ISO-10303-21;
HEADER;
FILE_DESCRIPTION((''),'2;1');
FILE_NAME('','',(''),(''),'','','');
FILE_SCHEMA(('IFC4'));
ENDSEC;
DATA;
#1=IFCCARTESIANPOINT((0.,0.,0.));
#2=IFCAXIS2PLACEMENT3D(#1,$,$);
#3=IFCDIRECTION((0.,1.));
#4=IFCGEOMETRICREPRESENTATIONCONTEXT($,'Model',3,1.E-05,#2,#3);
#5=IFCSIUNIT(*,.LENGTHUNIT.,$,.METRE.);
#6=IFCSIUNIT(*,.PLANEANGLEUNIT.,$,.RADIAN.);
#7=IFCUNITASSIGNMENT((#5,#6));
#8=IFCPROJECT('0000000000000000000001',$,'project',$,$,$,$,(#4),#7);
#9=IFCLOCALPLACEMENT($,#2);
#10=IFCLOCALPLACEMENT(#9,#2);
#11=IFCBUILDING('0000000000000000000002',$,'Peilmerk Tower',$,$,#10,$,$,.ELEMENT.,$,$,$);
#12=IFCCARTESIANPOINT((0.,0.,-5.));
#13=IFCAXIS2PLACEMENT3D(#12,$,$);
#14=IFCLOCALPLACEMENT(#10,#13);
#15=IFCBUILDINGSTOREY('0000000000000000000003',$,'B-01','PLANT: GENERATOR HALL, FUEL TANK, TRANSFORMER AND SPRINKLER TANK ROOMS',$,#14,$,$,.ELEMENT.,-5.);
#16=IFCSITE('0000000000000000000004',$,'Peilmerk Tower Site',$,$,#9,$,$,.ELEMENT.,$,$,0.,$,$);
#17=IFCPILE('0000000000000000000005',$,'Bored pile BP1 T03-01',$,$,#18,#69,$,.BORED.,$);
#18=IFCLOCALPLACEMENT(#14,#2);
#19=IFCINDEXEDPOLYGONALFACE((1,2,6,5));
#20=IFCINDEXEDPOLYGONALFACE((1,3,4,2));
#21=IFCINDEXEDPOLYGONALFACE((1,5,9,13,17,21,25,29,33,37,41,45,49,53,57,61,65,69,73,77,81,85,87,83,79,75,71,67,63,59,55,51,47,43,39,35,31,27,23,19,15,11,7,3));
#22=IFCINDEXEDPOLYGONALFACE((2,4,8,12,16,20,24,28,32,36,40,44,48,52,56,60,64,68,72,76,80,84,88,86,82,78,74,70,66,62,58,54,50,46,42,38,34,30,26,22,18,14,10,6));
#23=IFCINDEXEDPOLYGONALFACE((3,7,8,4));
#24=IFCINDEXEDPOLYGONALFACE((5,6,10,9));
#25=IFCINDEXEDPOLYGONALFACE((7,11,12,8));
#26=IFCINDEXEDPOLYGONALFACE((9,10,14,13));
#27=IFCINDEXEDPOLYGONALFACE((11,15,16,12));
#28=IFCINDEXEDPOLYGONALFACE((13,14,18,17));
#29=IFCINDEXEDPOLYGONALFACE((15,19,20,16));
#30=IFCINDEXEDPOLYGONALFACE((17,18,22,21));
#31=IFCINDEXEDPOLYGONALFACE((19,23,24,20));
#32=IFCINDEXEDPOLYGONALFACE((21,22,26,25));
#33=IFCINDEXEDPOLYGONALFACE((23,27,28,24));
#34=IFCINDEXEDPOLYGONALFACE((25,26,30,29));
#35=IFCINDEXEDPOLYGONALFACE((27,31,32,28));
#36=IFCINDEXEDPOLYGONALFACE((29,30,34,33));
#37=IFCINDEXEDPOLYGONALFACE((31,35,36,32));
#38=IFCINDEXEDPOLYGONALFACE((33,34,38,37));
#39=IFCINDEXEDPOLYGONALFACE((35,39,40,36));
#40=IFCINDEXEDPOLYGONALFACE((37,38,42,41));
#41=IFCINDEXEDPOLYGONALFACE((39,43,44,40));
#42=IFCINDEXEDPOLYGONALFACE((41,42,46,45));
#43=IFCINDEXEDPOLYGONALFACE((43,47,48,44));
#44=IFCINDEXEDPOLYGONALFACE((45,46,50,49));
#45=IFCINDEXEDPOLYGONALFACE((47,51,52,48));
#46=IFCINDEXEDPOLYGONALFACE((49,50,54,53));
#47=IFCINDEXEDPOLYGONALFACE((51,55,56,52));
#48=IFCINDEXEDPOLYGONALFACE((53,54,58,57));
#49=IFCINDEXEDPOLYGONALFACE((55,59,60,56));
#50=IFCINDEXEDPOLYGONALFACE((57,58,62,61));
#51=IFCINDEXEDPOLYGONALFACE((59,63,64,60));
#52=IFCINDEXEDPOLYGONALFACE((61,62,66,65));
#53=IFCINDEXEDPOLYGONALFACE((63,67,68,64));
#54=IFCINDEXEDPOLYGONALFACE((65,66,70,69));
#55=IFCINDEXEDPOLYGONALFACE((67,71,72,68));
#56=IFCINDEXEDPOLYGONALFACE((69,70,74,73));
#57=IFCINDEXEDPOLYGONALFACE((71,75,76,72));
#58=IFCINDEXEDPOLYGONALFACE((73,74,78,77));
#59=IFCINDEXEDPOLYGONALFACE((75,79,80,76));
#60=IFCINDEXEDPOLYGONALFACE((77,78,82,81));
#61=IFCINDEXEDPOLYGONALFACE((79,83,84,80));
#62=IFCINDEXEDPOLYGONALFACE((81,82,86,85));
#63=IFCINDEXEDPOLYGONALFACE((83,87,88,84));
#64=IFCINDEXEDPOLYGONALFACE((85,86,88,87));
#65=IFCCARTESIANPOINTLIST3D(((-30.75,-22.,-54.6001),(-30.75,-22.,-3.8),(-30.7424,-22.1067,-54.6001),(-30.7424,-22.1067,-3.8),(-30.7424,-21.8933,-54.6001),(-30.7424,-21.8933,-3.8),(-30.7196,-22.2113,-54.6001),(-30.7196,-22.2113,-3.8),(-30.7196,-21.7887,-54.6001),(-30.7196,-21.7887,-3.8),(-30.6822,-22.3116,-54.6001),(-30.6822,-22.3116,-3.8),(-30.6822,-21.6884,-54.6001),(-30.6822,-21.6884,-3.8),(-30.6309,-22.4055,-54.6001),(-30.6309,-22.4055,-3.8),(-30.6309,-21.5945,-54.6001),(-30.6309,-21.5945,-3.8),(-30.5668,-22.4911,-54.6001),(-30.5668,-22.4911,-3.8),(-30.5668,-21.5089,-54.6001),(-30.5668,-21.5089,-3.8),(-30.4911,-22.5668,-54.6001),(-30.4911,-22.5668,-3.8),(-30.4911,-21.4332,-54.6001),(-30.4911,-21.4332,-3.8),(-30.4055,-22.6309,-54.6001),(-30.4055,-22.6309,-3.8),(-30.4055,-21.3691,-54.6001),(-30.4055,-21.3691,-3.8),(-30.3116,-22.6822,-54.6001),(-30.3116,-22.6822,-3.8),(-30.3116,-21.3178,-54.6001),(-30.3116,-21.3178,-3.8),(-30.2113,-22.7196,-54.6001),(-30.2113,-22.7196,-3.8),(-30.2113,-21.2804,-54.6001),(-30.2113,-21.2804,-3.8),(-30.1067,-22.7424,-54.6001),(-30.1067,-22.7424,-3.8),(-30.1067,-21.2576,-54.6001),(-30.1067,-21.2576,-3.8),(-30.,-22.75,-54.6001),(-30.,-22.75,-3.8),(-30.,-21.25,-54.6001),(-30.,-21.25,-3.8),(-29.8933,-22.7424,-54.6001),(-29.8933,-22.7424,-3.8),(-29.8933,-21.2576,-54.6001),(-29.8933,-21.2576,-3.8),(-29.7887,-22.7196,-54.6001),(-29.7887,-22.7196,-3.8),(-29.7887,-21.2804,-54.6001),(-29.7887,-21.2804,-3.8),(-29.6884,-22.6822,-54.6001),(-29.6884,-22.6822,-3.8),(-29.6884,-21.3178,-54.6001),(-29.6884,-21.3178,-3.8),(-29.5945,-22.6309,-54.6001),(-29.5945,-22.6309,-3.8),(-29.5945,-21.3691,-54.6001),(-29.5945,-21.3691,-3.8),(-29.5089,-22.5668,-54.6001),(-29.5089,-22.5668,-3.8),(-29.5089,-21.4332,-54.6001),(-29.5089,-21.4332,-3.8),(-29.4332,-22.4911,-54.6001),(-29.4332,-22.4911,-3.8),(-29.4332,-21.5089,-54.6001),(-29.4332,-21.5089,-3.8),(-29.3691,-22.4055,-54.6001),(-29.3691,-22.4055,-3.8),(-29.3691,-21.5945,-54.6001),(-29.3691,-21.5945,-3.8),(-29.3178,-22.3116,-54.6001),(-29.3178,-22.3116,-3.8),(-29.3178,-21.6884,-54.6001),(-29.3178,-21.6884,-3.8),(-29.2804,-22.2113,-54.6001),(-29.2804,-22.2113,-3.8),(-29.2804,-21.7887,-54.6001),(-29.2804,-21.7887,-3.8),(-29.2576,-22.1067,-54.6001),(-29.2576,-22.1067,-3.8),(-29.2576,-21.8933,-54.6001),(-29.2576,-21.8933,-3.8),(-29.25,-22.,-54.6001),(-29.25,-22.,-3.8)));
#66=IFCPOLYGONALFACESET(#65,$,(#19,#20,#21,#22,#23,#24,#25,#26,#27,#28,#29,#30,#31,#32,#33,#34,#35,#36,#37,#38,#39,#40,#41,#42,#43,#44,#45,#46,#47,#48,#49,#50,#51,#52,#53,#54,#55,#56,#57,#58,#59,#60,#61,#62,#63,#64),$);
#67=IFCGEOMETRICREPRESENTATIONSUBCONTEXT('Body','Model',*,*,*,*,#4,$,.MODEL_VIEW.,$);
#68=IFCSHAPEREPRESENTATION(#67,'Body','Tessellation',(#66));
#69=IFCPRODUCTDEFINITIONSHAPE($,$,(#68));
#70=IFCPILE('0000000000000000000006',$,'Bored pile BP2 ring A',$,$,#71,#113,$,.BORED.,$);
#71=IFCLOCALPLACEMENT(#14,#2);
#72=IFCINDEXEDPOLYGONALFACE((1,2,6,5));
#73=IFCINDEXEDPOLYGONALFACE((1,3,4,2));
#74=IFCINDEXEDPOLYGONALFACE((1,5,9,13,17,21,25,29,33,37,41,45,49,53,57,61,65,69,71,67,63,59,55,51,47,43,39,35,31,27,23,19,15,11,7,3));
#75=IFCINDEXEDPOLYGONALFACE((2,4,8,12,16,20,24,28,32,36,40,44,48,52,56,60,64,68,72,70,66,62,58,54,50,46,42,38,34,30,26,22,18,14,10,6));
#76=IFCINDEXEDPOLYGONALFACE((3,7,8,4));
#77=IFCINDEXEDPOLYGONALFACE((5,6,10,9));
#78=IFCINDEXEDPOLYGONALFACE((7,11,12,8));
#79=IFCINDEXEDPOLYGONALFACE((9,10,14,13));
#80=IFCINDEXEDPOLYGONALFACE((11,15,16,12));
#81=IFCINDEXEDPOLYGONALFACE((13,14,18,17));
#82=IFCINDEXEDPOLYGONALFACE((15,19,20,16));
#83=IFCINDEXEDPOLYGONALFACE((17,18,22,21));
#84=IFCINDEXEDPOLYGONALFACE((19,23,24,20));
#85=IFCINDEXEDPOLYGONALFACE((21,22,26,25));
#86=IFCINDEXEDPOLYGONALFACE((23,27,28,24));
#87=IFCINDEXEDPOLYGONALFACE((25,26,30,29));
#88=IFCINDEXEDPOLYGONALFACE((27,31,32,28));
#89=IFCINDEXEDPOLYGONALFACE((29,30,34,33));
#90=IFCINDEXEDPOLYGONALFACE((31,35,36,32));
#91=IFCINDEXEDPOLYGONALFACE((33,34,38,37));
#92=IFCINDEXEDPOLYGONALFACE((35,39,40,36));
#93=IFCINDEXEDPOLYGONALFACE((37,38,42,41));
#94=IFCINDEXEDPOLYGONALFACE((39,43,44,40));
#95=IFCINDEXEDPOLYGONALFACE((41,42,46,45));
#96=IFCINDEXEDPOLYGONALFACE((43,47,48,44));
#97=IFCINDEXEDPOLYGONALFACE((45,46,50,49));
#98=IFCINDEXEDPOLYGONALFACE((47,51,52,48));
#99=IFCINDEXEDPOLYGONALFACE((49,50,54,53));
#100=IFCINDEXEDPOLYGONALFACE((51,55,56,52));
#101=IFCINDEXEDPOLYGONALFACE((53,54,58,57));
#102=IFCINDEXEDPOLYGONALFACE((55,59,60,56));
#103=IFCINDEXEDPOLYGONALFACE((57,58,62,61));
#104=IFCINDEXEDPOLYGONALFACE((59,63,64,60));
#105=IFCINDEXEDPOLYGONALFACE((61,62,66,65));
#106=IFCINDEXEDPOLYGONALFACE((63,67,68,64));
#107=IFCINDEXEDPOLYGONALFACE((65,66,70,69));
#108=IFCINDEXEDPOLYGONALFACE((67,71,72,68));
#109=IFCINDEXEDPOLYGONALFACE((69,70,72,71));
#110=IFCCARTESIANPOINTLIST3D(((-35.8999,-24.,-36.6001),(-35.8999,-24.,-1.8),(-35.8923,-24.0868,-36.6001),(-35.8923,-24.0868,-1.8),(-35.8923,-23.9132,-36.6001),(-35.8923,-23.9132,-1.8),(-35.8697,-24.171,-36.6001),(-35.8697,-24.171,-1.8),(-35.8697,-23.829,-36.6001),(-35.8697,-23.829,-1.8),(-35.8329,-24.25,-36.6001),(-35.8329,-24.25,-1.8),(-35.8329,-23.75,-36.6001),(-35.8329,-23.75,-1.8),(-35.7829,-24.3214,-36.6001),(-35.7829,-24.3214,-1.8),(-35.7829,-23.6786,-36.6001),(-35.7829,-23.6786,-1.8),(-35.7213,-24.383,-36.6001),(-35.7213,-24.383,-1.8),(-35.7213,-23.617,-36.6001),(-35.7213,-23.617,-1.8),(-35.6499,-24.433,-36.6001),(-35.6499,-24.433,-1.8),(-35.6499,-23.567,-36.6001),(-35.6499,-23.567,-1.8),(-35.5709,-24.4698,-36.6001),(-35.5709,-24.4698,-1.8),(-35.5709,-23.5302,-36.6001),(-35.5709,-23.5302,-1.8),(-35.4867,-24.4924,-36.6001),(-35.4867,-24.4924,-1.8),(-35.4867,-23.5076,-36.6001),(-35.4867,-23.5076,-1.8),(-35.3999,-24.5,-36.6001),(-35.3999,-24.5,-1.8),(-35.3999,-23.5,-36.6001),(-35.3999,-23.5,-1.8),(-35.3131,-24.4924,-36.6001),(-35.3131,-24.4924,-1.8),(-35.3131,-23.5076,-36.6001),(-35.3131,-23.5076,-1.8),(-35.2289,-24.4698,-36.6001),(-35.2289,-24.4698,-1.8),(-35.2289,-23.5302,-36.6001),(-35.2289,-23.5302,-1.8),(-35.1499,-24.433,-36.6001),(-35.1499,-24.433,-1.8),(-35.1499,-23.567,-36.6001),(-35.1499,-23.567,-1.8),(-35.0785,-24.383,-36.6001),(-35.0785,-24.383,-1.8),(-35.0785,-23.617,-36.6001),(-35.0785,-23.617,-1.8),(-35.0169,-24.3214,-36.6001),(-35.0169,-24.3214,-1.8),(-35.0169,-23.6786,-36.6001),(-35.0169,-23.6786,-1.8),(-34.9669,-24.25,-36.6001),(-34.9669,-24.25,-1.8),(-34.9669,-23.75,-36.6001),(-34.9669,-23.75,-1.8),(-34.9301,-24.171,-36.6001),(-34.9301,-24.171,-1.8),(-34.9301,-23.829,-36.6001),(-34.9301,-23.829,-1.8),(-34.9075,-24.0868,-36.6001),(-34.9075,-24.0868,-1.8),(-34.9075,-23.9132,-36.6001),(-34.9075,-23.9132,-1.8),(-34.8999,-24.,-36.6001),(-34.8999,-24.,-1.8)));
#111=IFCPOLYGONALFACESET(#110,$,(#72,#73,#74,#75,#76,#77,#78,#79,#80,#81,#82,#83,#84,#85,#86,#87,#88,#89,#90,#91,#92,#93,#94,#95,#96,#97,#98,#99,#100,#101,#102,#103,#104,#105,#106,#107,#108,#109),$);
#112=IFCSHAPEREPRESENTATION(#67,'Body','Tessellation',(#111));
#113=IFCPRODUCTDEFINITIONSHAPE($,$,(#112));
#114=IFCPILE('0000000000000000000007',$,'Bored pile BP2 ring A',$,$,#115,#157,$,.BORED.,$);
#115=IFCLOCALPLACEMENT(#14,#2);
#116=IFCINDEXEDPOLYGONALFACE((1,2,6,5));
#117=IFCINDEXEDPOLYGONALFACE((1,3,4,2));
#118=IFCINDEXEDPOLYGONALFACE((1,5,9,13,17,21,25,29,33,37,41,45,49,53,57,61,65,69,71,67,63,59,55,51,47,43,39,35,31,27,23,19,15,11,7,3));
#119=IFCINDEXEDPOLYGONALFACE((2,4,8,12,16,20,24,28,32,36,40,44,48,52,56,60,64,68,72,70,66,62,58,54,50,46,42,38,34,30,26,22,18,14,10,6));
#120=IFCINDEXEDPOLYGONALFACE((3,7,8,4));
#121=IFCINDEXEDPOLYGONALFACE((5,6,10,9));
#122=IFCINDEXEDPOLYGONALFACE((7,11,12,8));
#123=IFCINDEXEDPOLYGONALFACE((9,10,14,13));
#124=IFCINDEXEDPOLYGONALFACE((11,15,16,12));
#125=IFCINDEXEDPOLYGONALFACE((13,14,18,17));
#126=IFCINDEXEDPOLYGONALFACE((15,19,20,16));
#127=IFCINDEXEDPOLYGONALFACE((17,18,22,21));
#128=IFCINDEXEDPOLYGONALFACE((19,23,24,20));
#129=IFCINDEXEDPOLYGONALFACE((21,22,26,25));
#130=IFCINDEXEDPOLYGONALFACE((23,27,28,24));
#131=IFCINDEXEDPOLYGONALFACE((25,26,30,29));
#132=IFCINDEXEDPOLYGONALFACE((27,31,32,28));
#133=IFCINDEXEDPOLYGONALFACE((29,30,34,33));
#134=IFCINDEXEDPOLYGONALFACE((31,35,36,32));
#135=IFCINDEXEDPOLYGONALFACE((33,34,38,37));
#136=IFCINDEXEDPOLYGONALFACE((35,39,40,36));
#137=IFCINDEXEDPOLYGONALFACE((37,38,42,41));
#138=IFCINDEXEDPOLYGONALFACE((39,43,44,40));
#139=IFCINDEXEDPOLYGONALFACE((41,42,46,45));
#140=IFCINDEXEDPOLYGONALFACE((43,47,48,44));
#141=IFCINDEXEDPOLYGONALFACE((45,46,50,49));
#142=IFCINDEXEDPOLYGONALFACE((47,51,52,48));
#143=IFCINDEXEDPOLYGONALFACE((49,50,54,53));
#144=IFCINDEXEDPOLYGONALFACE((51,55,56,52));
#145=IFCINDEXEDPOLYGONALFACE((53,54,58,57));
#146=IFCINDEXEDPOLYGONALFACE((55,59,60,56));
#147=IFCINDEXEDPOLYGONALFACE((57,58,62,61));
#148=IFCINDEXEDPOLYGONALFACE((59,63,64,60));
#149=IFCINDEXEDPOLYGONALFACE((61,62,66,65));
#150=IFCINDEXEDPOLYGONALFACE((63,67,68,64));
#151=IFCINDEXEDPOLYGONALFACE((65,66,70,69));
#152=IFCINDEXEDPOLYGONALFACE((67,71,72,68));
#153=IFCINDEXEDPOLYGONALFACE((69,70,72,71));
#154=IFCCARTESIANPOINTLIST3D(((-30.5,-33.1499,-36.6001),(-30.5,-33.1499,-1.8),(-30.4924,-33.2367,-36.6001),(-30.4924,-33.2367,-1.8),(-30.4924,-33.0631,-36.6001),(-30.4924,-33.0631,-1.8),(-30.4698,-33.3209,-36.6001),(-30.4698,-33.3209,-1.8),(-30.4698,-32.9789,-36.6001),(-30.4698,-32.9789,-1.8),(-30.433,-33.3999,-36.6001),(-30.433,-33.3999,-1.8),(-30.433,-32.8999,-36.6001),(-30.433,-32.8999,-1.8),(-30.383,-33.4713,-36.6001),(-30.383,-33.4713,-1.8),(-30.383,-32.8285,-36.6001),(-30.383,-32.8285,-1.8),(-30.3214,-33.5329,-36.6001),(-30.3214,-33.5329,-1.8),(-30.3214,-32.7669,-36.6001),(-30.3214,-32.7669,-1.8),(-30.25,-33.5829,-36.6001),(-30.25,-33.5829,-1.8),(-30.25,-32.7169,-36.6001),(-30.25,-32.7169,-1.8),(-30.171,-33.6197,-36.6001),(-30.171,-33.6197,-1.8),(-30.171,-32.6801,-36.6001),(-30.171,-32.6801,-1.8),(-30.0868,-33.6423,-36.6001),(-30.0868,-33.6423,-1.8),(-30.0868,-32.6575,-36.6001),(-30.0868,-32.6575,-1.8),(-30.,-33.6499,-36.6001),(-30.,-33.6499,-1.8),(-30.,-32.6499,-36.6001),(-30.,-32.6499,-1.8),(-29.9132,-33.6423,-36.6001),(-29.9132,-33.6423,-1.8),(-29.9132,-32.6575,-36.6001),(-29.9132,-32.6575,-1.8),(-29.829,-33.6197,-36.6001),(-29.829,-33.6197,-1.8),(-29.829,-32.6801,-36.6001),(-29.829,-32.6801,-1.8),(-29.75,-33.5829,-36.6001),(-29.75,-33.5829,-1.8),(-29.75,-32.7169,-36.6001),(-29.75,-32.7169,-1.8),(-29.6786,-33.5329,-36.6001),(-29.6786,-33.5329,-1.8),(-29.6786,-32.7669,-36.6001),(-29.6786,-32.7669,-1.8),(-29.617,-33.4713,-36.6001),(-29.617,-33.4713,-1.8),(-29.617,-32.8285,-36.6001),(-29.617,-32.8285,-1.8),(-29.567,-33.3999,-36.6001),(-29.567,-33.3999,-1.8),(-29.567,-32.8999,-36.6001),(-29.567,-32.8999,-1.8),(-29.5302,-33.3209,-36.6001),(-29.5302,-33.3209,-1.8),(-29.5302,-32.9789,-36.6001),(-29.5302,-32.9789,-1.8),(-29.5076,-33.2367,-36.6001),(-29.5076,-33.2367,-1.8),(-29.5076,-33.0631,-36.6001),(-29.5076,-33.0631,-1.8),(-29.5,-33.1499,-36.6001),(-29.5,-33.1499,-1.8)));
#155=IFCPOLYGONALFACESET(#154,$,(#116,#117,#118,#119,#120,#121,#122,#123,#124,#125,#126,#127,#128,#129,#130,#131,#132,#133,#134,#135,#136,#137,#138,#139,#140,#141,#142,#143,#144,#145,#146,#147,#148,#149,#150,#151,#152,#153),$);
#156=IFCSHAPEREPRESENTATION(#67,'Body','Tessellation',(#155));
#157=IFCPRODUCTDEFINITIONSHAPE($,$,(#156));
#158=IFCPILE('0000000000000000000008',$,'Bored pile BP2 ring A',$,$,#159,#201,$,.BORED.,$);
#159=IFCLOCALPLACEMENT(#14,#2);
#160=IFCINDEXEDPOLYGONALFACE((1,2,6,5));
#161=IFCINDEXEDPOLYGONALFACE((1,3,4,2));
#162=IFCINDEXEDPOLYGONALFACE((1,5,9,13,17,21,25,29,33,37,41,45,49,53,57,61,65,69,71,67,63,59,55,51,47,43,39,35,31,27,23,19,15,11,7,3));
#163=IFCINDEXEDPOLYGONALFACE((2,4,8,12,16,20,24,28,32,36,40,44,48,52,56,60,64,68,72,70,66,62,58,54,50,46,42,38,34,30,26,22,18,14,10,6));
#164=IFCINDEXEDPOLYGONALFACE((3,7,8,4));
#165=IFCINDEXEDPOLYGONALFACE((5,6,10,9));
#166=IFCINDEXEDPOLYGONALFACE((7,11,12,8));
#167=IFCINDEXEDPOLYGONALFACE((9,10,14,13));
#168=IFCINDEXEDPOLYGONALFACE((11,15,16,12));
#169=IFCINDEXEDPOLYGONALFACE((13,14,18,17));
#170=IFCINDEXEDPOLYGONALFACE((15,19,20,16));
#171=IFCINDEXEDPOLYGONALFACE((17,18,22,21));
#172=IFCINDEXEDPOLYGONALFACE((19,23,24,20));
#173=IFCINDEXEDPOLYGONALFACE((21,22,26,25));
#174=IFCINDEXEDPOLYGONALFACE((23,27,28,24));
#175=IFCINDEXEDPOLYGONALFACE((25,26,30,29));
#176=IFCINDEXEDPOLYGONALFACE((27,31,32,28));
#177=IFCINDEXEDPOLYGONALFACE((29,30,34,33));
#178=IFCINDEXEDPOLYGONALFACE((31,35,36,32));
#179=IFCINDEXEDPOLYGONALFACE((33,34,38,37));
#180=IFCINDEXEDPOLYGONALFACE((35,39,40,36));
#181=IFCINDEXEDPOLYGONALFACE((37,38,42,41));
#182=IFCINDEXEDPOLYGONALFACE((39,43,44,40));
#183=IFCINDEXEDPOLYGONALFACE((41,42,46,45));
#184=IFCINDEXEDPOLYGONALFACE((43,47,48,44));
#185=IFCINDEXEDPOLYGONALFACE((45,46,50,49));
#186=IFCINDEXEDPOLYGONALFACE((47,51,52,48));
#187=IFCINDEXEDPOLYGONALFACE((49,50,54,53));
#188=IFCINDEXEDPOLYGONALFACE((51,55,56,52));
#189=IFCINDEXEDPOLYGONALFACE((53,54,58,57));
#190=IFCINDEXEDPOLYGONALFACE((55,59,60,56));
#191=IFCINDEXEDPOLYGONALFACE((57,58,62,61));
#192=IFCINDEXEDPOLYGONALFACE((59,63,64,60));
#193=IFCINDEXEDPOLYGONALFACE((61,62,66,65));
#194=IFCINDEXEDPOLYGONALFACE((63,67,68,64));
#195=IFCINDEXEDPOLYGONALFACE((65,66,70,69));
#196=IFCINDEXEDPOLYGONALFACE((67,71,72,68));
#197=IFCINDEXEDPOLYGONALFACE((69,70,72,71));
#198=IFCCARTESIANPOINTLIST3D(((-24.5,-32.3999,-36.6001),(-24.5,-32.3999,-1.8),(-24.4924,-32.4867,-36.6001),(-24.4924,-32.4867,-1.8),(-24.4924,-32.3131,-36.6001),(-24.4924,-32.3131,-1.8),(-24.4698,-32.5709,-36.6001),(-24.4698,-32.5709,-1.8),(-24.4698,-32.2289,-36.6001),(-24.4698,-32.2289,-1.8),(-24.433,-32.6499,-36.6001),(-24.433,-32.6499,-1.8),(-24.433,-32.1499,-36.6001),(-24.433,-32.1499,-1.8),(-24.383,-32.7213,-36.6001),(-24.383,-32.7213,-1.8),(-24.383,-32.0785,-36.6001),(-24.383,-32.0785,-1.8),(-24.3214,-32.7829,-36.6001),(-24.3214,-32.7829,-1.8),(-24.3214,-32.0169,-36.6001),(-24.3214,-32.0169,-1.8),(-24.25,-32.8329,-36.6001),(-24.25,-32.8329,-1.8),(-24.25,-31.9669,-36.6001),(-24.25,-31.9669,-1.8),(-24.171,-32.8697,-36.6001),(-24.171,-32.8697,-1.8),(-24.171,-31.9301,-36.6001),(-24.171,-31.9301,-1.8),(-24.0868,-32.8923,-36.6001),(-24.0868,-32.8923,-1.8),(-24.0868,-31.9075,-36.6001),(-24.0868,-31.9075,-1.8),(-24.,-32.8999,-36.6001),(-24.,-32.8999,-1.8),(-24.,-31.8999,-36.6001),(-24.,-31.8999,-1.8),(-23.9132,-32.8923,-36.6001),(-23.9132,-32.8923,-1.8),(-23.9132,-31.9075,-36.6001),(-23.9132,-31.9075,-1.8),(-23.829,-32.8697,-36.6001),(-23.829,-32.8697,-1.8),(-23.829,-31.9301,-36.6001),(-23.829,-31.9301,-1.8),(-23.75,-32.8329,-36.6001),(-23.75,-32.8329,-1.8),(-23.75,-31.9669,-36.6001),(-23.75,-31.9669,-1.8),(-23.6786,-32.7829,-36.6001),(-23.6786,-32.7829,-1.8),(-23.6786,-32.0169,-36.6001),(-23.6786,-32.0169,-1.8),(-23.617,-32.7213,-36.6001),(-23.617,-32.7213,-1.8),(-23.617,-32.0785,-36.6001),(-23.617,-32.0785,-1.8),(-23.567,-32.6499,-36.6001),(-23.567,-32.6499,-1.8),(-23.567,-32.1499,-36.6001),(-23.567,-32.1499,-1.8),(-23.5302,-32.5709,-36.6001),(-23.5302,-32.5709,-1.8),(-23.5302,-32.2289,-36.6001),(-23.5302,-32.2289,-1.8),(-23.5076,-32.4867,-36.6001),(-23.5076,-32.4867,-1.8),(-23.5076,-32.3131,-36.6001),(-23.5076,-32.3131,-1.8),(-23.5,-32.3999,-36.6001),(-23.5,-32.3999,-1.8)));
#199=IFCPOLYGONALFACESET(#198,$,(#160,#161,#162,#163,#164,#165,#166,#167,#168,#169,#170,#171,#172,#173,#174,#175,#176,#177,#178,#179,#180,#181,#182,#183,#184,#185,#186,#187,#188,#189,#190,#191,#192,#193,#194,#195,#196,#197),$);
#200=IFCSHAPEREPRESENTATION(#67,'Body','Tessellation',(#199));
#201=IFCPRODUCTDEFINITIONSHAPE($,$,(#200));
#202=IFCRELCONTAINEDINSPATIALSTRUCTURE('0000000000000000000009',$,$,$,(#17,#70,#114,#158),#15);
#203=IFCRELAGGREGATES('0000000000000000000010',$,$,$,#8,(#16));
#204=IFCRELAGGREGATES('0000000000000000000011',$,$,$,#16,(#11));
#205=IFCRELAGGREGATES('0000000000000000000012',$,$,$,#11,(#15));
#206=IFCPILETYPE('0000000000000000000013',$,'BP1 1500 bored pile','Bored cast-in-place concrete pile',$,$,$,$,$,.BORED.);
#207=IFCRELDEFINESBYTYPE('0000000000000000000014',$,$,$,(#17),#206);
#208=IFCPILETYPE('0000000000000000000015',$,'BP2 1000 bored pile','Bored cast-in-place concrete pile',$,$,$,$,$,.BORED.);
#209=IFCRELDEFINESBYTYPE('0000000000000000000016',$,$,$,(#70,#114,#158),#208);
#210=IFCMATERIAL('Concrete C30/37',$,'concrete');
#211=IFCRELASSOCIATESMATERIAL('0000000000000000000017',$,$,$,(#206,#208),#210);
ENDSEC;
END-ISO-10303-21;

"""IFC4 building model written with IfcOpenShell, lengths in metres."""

from ifc_helpers import new_model, si_unit, direction, frame, origin, origin_2d, place, context, subcontext, project, spatial, circle, extrude, material, material_profile, profile_set, type_object, element, save


model = new_model("IFC4")

# Units and contexts
model_context = context("Model", 3, precision=1e-05, world=origin(), true_north=direction((0.0, 1.0)))
body_context = subcontext(model_context, "Body", "Model", "MODEL_VIEW")
ifc_project = project(units=[si_unit("LENGTHUNIT", "METRE"), si_unit("PLANEANGLEUNIT", "RADIAN")], contexts=[model_context])

# Site, building, storey
site_placement = place(None, origin())
site = spatial("IfcSite", under=ifc_project, at=site_placement, Name="Peilmerk Tower Site", CompositionType="ELEMENT", RefElevation=0.0)
building_placement = place(site_placement, origin())
building = spatial("IfcBuilding", under=site, at=building_placement, Name="Peilmerk Tower", CompositionType="ELEMENT")
storey_placement = place(building_placement, frame((0.0, 0.0, -5.0)))
storey = spatial("IfcBuildingStorey", under=building, at=storey_placement, Name="B-01", Description="PLANT: GENERATOR HALL, FUEL TANK, TRANSFORMER AND SPRINKLER TANK ROOMS", CompositionType="ELEMENT", Elevation=-5.0)

# Piles
ifc_material_1 = material(Name="Concrete C30/37", Category="concrete")
ifc_material_profile_1 = material_profile(ifc_material_1, circle(Radius=0.75, at=origin_2d()), Name="BP 1500")
ifc_profile_set_1 = profile_set([ifc_material_profile_1], Name="Concrete C30/37")
pile_type_1 = type_object("IfcPileType", Name="BP1 1500 bored pile", Description="Bored cast-in-place concrete pile", PredefinedType="BORED", material=ifc_profile_set_1)
for number, where, z_axis, x_axis, name in (
    (1, (-30.0, -22.0, -3.8), (0.0, 0.0, -1.0), (1.0, 0.0, 0.0), "Bored pile BP1 T03-01"),
):
    element("IfcPile", number, at=place(storey_placement, frame(where, z_axis=z_axis, x_axis=x_axis)), inside=storey, type_object=pile_type_1, Name=name, PredefinedType="BORED", context=body_context, shape_type="SweptSolid", body=[
        extrude(circle(Radius=0.75, at=origin_2d()), origin(), (0.0, 0.0, 1.0), 50.8),
    ])
ifc_material_profile_2 = material_profile(ifc_material_1, circle(Radius=0.5, at=origin_2d()), Name="BP 1000")
ifc_profile_set_2 = profile_set([ifc_material_profile_2], Name="Concrete C30/37")
pile_type_2 = type_object("IfcPileType", Name="BP2 1000 bored pile", Description="Bored cast-in-place concrete pile", PredefinedType="BORED", material=ifc_profile_set_2)
for number, where, z_axis, x_axis, name in (
    (2, (-35.3999, -24.0, -1.8), (0.0, 0.0, -1.0), (1.0, 0.0, 0.0), "Bored pile BP2 ring A"),
    (3, (-30.0, -33.1499, -1.8), (0.0, 0.0, -1.0), (1.0, 0.0, 0.0), "Bored pile BP2 ring A"),
    (4, (-24.0, -32.3999, -1.8), (0.0, 0.0, -1.0), (1.0, 0.0, 0.0), "Bored pile BP2 ring A"),
):
    element("IfcPile", number, at=place(storey_placement, frame(where, z_axis=z_axis, x_axis=x_axis)), inside=storey, type_object=pile_type_2, Name=name, PredefinedType="BORED", context=body_context, shape_type="SweptSolid", body=[
        extrude(circle(Radius=0.5, at=origin_2d()), origin(), (0.0, 0.0, 1.0), 34.8),
    ])

save(model, "model.ifc")
